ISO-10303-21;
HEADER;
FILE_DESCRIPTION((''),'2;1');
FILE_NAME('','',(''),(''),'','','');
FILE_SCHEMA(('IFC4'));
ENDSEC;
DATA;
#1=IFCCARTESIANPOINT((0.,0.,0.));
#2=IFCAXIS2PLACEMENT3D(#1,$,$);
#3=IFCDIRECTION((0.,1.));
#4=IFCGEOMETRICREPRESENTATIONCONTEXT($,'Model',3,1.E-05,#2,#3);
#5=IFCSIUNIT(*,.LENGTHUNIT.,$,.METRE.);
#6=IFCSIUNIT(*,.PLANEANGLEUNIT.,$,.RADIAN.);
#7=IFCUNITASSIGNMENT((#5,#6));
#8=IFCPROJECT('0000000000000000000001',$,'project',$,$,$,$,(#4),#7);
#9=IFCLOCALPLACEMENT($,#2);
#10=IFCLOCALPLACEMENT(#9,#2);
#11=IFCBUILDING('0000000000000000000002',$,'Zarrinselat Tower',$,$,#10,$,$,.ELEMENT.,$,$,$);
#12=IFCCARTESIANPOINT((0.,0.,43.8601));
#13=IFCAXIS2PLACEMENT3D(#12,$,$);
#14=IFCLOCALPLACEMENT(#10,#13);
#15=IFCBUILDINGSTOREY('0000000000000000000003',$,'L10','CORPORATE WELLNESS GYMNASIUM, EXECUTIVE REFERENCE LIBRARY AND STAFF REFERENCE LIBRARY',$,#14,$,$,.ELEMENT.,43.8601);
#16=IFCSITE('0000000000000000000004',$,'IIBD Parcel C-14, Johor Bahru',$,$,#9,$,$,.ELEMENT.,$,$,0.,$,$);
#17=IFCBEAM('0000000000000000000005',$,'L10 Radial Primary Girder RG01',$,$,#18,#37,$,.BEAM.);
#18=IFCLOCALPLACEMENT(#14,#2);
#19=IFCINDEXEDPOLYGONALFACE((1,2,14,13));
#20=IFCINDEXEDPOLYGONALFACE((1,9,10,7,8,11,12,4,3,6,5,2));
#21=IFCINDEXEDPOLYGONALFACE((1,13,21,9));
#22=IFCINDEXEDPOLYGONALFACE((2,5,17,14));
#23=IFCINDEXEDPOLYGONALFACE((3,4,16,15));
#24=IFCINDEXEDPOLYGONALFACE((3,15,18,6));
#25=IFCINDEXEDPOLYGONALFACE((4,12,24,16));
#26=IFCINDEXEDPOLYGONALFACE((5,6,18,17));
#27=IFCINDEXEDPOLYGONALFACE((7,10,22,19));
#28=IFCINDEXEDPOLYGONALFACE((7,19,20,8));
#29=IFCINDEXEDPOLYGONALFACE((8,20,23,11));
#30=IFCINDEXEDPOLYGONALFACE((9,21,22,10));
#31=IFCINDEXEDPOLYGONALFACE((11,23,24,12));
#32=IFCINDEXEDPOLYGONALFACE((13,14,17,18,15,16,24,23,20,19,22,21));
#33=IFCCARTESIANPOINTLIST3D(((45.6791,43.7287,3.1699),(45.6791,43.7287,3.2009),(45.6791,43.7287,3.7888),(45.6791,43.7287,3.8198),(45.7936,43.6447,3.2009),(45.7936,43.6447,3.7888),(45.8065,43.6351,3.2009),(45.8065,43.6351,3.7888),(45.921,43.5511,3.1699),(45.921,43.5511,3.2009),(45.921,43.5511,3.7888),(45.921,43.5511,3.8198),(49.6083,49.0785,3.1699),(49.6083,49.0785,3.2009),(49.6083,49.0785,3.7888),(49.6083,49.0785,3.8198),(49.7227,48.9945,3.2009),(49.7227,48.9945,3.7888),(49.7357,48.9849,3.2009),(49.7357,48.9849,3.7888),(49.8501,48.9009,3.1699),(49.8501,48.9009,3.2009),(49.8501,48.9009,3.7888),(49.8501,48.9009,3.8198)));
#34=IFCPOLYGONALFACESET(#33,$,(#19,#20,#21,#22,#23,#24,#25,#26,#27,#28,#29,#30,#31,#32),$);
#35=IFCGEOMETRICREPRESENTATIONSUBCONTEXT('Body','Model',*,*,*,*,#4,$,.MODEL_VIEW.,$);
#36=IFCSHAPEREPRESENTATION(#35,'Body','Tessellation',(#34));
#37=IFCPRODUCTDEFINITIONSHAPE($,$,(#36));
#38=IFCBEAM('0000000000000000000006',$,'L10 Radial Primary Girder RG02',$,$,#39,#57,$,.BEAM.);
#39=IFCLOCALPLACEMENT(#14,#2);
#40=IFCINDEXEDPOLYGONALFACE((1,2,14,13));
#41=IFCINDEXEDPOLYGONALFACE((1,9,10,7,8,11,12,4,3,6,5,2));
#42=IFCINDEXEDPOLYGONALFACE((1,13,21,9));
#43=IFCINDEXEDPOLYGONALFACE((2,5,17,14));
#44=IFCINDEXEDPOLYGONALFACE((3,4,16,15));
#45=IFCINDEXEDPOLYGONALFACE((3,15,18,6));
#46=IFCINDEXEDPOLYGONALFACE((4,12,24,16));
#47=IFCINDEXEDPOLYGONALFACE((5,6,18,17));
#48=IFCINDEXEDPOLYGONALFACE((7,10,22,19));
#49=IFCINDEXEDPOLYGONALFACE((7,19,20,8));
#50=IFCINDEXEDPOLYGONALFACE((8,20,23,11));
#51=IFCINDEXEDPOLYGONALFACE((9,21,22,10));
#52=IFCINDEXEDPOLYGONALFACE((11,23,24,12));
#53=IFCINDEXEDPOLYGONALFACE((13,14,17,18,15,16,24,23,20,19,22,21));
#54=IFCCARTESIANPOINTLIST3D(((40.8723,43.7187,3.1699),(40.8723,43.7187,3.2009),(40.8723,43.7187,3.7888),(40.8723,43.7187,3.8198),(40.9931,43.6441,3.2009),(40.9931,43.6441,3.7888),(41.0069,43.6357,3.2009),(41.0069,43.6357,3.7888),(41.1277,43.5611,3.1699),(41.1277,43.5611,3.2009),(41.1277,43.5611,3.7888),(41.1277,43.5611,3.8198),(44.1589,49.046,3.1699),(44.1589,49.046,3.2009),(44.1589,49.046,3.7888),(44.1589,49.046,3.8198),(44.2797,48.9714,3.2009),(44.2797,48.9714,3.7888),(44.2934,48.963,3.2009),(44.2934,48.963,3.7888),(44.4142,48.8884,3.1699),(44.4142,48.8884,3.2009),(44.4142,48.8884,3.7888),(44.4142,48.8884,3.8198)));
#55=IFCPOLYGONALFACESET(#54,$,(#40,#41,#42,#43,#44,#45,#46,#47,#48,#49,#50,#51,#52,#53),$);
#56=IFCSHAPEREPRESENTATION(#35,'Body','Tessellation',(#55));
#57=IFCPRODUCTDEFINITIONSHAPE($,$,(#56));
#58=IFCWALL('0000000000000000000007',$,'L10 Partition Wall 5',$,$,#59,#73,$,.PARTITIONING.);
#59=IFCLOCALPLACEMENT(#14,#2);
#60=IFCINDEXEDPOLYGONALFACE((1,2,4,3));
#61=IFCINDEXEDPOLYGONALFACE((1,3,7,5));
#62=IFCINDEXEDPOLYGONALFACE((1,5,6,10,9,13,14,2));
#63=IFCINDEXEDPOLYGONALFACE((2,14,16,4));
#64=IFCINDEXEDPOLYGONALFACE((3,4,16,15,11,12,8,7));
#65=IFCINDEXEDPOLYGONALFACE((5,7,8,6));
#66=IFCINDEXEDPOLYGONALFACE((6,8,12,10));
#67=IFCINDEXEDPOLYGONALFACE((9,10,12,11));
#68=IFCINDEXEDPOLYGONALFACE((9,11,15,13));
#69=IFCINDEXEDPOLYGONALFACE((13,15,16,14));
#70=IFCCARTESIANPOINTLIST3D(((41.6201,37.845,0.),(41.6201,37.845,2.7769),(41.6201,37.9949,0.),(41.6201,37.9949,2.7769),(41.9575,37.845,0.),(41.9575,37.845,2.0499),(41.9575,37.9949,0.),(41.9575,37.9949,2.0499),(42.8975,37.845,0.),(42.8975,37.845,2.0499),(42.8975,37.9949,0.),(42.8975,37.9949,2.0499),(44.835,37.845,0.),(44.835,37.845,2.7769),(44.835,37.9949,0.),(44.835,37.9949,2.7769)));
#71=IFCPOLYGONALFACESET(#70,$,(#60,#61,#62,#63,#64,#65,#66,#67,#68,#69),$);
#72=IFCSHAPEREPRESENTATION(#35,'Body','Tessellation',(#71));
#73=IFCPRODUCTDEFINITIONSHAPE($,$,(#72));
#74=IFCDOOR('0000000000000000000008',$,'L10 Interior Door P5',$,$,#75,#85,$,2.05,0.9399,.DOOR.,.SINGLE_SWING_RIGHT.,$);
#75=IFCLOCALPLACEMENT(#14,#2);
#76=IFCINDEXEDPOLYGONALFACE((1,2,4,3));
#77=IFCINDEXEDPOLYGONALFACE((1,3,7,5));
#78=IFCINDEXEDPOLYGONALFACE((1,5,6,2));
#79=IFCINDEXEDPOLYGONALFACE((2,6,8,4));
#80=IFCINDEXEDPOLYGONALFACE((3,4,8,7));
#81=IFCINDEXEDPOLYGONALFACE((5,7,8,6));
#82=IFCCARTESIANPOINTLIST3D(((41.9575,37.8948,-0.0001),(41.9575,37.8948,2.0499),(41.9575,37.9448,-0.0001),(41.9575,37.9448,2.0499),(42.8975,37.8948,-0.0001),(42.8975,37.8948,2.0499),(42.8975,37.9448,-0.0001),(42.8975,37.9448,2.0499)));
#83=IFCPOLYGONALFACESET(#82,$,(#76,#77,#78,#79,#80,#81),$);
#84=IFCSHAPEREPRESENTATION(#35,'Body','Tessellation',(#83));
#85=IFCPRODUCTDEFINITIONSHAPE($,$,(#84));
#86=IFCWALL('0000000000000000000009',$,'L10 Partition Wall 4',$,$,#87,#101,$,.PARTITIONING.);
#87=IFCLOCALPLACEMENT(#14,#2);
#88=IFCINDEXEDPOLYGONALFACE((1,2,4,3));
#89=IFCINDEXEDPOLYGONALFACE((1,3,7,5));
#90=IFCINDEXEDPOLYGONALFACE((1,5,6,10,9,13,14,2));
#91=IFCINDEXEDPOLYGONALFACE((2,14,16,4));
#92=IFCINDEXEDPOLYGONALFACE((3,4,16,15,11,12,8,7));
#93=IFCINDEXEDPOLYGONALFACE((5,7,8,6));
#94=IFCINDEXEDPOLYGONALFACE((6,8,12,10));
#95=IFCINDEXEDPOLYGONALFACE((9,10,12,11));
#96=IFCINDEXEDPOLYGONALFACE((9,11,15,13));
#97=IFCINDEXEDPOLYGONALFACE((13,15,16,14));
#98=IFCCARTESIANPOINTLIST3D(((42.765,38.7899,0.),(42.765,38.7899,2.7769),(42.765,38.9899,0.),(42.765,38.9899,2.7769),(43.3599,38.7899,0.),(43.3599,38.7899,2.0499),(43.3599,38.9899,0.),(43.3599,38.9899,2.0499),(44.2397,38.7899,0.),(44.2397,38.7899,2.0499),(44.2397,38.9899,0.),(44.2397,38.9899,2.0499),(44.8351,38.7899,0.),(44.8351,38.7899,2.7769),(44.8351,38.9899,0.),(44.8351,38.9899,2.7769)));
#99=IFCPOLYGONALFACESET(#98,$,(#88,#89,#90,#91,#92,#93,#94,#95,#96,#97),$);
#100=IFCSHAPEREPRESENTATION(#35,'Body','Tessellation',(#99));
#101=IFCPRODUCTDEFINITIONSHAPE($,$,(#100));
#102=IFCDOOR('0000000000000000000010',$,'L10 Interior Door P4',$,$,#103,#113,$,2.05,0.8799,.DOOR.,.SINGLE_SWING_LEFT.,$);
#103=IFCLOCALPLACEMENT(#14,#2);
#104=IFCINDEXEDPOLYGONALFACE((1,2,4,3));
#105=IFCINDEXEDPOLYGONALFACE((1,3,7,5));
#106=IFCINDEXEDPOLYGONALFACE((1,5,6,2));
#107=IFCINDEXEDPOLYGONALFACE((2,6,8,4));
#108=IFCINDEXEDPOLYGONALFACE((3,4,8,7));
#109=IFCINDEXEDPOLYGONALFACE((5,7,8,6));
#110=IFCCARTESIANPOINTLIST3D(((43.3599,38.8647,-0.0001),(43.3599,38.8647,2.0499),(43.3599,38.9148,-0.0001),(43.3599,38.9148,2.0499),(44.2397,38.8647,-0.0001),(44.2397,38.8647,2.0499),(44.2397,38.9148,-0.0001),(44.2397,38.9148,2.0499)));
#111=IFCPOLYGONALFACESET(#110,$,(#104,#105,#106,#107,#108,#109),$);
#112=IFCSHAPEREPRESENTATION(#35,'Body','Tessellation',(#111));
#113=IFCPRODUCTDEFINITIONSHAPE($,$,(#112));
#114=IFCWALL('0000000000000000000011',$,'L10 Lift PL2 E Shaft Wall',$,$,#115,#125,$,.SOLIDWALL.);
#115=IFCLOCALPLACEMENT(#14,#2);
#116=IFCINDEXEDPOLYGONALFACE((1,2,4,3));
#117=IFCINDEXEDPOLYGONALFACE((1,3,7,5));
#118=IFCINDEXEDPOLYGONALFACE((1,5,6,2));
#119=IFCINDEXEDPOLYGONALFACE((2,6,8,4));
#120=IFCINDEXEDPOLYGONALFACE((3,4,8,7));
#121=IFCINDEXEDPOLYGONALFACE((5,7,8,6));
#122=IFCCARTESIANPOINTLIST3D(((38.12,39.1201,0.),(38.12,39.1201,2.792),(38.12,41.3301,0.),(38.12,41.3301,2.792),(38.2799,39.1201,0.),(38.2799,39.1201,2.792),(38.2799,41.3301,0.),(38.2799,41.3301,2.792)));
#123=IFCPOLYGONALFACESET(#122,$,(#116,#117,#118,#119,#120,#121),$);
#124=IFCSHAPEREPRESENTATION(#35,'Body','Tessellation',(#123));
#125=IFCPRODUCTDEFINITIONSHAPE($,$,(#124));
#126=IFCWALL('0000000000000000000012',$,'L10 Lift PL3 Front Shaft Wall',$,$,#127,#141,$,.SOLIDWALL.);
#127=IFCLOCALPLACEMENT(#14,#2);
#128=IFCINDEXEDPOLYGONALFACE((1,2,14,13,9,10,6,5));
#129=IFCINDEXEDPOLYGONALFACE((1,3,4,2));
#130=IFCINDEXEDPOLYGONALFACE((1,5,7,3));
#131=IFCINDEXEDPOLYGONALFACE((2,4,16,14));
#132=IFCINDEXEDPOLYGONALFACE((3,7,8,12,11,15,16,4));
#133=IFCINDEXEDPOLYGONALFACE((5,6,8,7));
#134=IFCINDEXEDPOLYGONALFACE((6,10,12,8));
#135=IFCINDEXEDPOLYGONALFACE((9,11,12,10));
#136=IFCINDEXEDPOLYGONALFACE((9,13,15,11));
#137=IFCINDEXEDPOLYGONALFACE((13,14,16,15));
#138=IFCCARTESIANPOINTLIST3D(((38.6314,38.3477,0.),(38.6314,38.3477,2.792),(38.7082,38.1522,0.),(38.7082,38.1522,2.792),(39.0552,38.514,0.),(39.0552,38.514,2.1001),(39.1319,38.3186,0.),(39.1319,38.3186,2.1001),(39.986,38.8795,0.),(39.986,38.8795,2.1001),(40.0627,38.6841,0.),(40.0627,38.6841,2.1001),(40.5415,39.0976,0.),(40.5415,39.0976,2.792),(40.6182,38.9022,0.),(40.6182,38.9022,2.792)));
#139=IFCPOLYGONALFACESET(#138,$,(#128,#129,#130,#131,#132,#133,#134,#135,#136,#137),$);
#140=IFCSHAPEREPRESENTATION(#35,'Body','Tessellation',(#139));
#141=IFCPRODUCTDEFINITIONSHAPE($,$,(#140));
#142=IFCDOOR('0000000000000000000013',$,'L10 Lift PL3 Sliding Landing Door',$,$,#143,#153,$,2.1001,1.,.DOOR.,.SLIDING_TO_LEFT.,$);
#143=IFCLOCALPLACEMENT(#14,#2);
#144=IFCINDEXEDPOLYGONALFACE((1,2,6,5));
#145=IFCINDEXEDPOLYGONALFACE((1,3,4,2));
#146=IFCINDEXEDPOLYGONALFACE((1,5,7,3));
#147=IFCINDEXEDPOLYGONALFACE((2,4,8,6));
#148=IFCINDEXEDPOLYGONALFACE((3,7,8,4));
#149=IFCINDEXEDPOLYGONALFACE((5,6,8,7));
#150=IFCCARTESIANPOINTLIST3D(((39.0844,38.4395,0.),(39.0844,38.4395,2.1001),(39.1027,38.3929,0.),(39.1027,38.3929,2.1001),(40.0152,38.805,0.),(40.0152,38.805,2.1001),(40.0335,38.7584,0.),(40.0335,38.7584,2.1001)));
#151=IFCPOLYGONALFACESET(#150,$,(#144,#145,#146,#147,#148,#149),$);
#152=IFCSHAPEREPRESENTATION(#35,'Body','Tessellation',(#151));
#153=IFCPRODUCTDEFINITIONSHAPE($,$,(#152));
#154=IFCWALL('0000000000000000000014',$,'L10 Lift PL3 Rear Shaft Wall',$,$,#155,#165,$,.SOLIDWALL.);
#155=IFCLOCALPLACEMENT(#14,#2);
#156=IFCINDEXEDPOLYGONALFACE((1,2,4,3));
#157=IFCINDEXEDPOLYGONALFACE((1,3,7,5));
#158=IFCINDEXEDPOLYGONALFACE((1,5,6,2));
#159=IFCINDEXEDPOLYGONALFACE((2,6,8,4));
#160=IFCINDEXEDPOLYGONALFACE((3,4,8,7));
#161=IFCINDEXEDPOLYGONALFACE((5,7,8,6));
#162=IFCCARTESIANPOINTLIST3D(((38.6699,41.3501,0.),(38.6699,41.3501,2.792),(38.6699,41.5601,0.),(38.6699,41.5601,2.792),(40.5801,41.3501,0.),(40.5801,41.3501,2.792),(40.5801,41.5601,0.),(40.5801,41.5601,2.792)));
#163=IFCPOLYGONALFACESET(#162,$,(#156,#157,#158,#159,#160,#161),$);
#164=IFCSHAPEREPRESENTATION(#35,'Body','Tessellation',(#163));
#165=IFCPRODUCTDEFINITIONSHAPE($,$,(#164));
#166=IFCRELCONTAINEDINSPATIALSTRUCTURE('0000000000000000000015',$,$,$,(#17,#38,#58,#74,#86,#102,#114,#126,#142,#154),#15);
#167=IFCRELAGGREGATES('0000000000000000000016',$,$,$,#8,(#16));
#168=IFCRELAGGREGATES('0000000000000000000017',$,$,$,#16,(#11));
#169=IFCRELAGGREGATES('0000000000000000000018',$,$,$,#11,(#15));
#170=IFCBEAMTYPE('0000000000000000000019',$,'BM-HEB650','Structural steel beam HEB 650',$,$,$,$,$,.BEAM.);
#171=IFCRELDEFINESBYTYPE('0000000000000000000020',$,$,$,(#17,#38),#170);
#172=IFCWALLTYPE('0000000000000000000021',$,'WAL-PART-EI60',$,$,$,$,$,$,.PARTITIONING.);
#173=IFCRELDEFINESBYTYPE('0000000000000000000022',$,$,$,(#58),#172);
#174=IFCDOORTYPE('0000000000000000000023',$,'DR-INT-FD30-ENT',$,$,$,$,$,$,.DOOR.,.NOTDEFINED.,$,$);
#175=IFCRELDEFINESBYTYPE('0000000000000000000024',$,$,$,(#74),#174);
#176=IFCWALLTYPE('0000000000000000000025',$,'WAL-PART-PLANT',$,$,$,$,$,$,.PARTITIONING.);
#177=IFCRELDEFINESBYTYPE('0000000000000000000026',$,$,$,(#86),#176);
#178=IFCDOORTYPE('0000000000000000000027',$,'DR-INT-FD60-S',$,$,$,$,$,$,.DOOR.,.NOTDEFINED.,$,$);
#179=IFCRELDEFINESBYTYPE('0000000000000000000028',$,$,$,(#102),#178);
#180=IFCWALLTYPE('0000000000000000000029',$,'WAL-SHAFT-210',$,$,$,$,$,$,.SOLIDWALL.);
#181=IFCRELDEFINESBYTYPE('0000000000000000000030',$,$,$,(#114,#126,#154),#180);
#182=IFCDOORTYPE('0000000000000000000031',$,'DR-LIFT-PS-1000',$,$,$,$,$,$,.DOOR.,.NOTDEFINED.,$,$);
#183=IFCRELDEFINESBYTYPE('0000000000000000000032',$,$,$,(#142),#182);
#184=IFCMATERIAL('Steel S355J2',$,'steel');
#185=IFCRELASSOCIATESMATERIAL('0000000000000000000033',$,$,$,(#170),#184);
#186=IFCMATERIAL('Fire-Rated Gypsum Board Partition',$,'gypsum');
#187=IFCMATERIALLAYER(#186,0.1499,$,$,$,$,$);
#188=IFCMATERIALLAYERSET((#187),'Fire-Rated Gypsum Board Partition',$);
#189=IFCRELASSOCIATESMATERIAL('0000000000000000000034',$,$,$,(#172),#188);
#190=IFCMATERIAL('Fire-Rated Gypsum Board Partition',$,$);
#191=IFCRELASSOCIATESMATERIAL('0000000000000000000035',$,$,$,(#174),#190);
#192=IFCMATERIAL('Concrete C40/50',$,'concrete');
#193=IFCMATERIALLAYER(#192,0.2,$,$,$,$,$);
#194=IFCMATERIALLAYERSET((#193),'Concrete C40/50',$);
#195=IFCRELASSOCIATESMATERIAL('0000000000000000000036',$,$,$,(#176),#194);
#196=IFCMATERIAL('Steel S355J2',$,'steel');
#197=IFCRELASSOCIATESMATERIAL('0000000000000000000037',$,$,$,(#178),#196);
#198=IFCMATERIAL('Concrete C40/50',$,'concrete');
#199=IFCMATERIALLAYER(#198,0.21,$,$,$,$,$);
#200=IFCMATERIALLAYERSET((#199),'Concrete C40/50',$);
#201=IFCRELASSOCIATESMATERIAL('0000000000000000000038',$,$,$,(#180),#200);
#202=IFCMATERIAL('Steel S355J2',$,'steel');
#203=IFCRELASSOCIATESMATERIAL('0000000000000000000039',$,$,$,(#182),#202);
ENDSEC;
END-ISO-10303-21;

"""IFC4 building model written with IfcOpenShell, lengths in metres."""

from ifc_helpers import new_model, si_unit, direction, frame, frame_2d, origin, origin_2d, place, context, subcontext, project, spatial, rectangle, i_section, extrude, material, layer, layer_set, material_profile, profile_set, type_object, element, fill, save


model = new_model("IFC4")

# Units and contexts
model_context = context("Model", 3, precision=1e-05, world=origin(), true_north=direction((0.0, 1.0)))
body_context = subcontext(model_context, "Body", "Model", "MODEL_VIEW")
ifc_project = project(units=[si_unit("LENGTHUNIT", "METRE"), si_unit("PLANEANGLEUNIT", "RADIAN")], contexts=[model_context])

# Site, building, storey
site_placement = place(None, origin())
site = spatial("IfcSite", under=ifc_project, at=site_placement, Name="IIBD Parcel C-14, Johor Bahru", CompositionType="ELEMENT", RefElevation=0.0)
building_placement = place(site_placement, origin())
building = spatial("IfcBuilding", under=site, at=building_placement, Name="Zarrinselat Tower", CompositionType="ELEMENT")
storey_placement = place(building_placement, frame((0.0, 0.0, 43.8601)))
storey = spatial("IfcBuildingStorey", under=building, at=storey_placement, Name="L10", Description="CORPORATE WELLNESS GYMNASIUM, EXECUTIVE REFERENCE LIBRARY AND STAFF REFERENCE LIBRARY", CompositionType="ELEMENT", Elevation=43.8601)

# Beams
ifc_material_1 = material(Name="Steel S355J2", Category="steel")
ifc_material_profile = material_profile(ifc_material_1, i_section(OverallWidth=0.3, OverallDepth=0.6499, WebThickness=0.0161, FlangeThickness=0.031, at=origin_2d()), Name="HEB 650")
ifc_profile_set = profile_set([ifc_material_profile], Name="Steel S355J2")
beam_type = type_object("IfcBeamType", Name="BM-HEB650", Description="Structural steel beam HEB 650", PredefinedType="BEAM", material=ifc_profile_set)
beam_1_placement = place(storey_placement, frame((45.8, 43.6399, 3.4949), z_axis=(0.591949, 0.805976, 0.0), x_axis=(-0.805976, 0.591949, 0.0)))
element("IfcBeam", 1, at=beam_1_placement, inside=storey, type_object=beam_type, Name="L10 Radial Primary Girder RG01", PredefinedType="BEAM", context=body_context, shape_type="SweptSolid", body=[
    extrude(i_section(OverallWidth=0.3, OverallDepth=0.6499, WebThickness=0.0161, FlangeThickness=0.031, at=origin_2d()), origin(), (0.0, 0.0, 1.0), 6.6377),
])
beam_2_placement = place(storey_placement, frame((41.0, 43.6399, 3.4949), z_axis=(0.52505, 0.851071, 0.0), x_axis=(-0.851071, 0.52505, 0.0)))
element("IfcBeam", 2, at=beam_2_placement, inside=storey, type_object=beam_type, Name="L10 Radial Primary Girder RG02", PredefinedType="BEAM", context=body_context, shape_type="SweptSolid", body=[
    extrude(i_section(OverallWidth=0.3, OverallDepth=0.6499, WebThickness=0.0161, FlangeThickness=0.031, at=origin_2d()), origin(), (0.0, 0.0, 1.0), 6.2595),
])

# Walls, openings, doors
ifc_material_2 = material(Name="Fire-Rated Gypsum Board Partition", Category="gypsum")
ifc_layer_1 = layer(ifc_material_2, 0.1499)
ifc_layer_set_1 = layer_set([ifc_layer_1], Name="Fire-Rated Gypsum Board Partition")
wall_type_1 = type_object("IfcWallType", Name="WAL-PART-EI60", PredefinedType="PARTITIONING", material=ifc_layer_set_1)
wall_1_placement = place(storey_placement, frame((41.6201, 37.9199, 0.0), z_axis=(0.0, 0.0, 1.0), x_axis=(1.0, 0.0, 0.0)))
wall_1 = element("IfcWall", 3, at=wall_1_placement, inside=storey, type_object=wall_type_1, Name="L10 Partition Wall 5", PredefinedType="PARTITIONING", context=body_context, shape_type="SweptSolid", body=[
    extrude(rectangle(XDim=3.2148, YDim=0.1499, at=frame_2d((1.6074, 0.0))), origin(), (0.0, 0.0, 1.0), 2.7769),
])
opening_1_placement = place(wall_1_placement, frame((0.3374, 0.0, 0.0)))
opening_1 = element("IfcOpeningElement", 4, at=opening_1_placement, cuts=wall_1, PredefinedType="OPENING", context=body_context, shape_type="SweptSolid", body=[
    extrude(rectangle(XDim=0.9399, YDim=2.05, at=frame_2d((0.47, 1.0249))), frame((0.0, 0.085, 0.0), z_axis=(0.0, -1.0, 0.0), x_axis=(1.0, 0.0, 0.0)), (0.0, 0.0, 1.0), 0.1699),
])
ifc_material_3 = material(Name="Fire-Rated Gypsum Board Partition")
door_type_1 = type_object("IfcDoorType", Name="DR-INT-FD30-ENT", OperationType="NOTDEFINED", PredefinedType="DOOR", material=ifc_material_3)
door_1_placement = place(opening_1_placement, origin())
door_1 = element("IfcDoor", 5, at=door_1_placement, inside=storey, type_object=door_type_1, Name="L10 Interior Door P5", OperationType="SINGLE_SWING_RIGHT", OverallHeight=2.05, OverallWidth=0.9399, PredefinedType="DOOR", context=body_context, shape_type="SweptSolid", body=[
    extrude(rectangle(XDim=0.9399, YDim=2.05, at=frame_2d((0.47, 1.0249))), frame((0.0, 0.0249, 0.0), z_axis=(0.0, -1.0, 0.0), x_axis=(1.0, 0.0, 0.0)), (0.0, 0.0, 1.0), 0.05),
])
fill(opening_1, door_1)
ifc_material_4 = material(Name="Concrete C40/50", Category="concrete")
ifc_layer_2 = layer(ifc_material_4, 0.2)
ifc_layer_set_2 = layer_set([ifc_layer_2], Name="Concrete C40/50")
wall_type_2 = type_object("IfcWallType", Name="WAL-PART-PLANT", PredefinedType="PARTITIONING", material=ifc_layer_set_2)
wall_2_placement = place(storey_placement, frame((42.7649, 38.8899, 0.0), z_axis=(0.0, 0.0, 1.0), x_axis=(1.0, 0.0, 0.0)))
wall_2 = element("IfcWall", 6, at=wall_2_placement, inside=storey, type_object=wall_type_2, Name="L10 Partition Wall 4", PredefinedType="PARTITIONING", context=body_context, shape_type="SweptSolid", body=[
    extrude(rectangle(XDim=2.0701, YDim=0.2, at=frame_2d((1.0352, 0.0))), origin(), (0.0, 0.0, 1.0), 2.7769),
])
opening_2_placement = place(wall_2_placement, frame((0.595, 0.0, 0.0)))
opening_2 = element("IfcOpeningElement", 7, at=opening_2_placement, cuts=wall_2, PredefinedType="OPENING", context=body_context, shape_type="SweptSolid", body=[
    extrude(rectangle(XDim=0.8799, YDim=2.05, at=frame_2d((0.4399, 1.0249))), frame((0.0, 0.1099, 0.0), z_axis=(0.0, -1.0, 0.0), x_axis=(1.0, 0.0, 0.0)), (0.0, 0.0, 1.0), 0.22),
])
ifc_material_5 = material(Name="Steel S355J2", Category="steel")
door_type_2 = type_object("IfcDoorType", Name="DR-INT-FD60-S", OperationType="NOTDEFINED", PredefinedType="DOOR", material=ifc_material_5)
door_2_placement = place(opening_2_placement, origin())
door_2 = element("IfcDoor", 8, at=door_2_placement, inside=storey, type_object=door_type_2, Name="L10 Interior Door P4", OperationType="SINGLE_SWING_LEFT", OverallHeight=2.05, OverallWidth=0.8799, PredefinedType="DOOR", context=body_context, shape_type="SweptSolid", body=[
    extrude(rectangle(XDim=0.8799, YDim=2.05, at=frame_2d((0.4399, 1.0249))), frame((0.0, 0.0249, 0.0), z_axis=(0.0, -1.0, 0.0), x_axis=(1.0, 0.0, 0.0)), (0.0, 0.0, 1.0), 0.05),
])
fill(opening_2, door_2)

# Wall
ifc_material_6 = material(Name="Concrete C40/50", Category="concrete")
ifc_layer_3 = layer(ifc_material_6, 0.21)
ifc_layer_set_3 = layer_set([ifc_layer_3], Name="Concrete C40/50")
wall_type_3 = type_object("IfcWallType", Name="WAL-SHAFT-210", PredefinedType="SOLIDWALL", material=ifc_layer_set_3)
wall_3_placement = place(storey_placement, frame((38.2, 39.1201, 0.0), z_axis=(0.0, 0.0, 1.0), x_axis=(0.0, 1.0, 0.0)))
element("IfcWall", 9, at=wall_3_placement, inside=storey, type_object=wall_type_3, Name="L10 Lift PL2 E Shaft Wall", PredefinedType="SOLIDWALL", context=body_context, shape_type="SweptSolid", body=[
    extrude(rectangle(XDim=2.21, YDim=0.1599, at=frame_2d((1.105, 0.0))), origin(), (0.0, 0.0, 1.0), 2.792),
])

# Wall, opening, door
wall_4_placement = place(storey_placement, frame((38.6699, 38.25, 0.0), z_axis=(0.0, 0.0, 1.0), x_axis=(0.930821, 0.365476, 0.0)))
wall_4 = element("IfcWall", 10, at=wall_4_placement, inside=storey, type_object=wall_type_3, Name="L10 Lift PL3 Front Shaft Wall", PredefinedType="SOLIDWALL", context=body_context, shape_type="SweptSolid", body=[
    extrude(rectangle(XDim=2.052, YDim=0.21, at=frame_2d((1.0259, 0.0))), origin(), (0.0, 0.0, 1.0), 2.792),
])
opening_3_placement = place(wall_4_placement, frame((0.4551, 0.0, 0.0)))
opening_3 = element("IfcOpeningElement", 11, at=opening_3_placement, cuts=wall_4, PredefinedType="OPENING", context=body_context, shape_type="SweptSolid", body=[
    extrude(rectangle(XDim=1.0, YDim=2.1001, at=frame_2d((0.5, 1.05))), frame((0.0, 0.115, 0.0), z_axis=(0.0, -1.0, 0.0), x_axis=(1.0, 0.0, 0.0)), (0.0, 0.0, 1.0), 0.23),
])
ifc_material_7 = material(Name="Steel S355J2", Category="steel")
door_type_3 = type_object("IfcDoorType", Name="DR-LIFT-PS-1000", OperationType="NOTDEFINED", PredefinedType="DOOR", material=ifc_material_7)
door_3_placement = place(opening_3_placement, origin())
door_3 = element("IfcDoor", 12, at=door_3_placement, inside=storey, type_object=door_type_3, Name="L10 Lift PL3 Sliding Landing Door", OperationType="SLIDING_TO_LEFT", OverallHeight=2.1001, OverallWidth=1.0, PredefinedType="DOOR", context=body_context, shape_type="SweptSolid", body=[
    extrude(rectangle(XDim=1.0, YDim=2.1001, at=frame_2d((0.5, 1.05))), frame((0.0, 0.0249, 0.0), z_axis=(0.0, -1.0, 0.0), x_axis=(1.0, 0.0, 0.0)), (0.0, 0.0, 1.0), 0.05),
])
fill(opening_3, door_3)

# Wall
wall_5_placement = place(storey_placement, frame((38.6699, 41.4551, 0.0), z_axis=(0.0, 0.0, 1.0), x_axis=(1.0, 0.0, 0.0)))
element("IfcWall", 13, at=wall_5_placement, inside=storey, type_object=wall_type_3, Name="L10 Lift PL3 Rear Shaft Wall", PredefinedType="SOLIDWALL", context=body_context, shape_type="SweptSolid", body=[
    extrude(rectangle(XDim=1.9102, YDim=0.21, at=frame_2d((0.9551, 0.0))), origin(), (0.0, 0.0, 1.0), 2.792),
])

save(model, "model.ifc")
